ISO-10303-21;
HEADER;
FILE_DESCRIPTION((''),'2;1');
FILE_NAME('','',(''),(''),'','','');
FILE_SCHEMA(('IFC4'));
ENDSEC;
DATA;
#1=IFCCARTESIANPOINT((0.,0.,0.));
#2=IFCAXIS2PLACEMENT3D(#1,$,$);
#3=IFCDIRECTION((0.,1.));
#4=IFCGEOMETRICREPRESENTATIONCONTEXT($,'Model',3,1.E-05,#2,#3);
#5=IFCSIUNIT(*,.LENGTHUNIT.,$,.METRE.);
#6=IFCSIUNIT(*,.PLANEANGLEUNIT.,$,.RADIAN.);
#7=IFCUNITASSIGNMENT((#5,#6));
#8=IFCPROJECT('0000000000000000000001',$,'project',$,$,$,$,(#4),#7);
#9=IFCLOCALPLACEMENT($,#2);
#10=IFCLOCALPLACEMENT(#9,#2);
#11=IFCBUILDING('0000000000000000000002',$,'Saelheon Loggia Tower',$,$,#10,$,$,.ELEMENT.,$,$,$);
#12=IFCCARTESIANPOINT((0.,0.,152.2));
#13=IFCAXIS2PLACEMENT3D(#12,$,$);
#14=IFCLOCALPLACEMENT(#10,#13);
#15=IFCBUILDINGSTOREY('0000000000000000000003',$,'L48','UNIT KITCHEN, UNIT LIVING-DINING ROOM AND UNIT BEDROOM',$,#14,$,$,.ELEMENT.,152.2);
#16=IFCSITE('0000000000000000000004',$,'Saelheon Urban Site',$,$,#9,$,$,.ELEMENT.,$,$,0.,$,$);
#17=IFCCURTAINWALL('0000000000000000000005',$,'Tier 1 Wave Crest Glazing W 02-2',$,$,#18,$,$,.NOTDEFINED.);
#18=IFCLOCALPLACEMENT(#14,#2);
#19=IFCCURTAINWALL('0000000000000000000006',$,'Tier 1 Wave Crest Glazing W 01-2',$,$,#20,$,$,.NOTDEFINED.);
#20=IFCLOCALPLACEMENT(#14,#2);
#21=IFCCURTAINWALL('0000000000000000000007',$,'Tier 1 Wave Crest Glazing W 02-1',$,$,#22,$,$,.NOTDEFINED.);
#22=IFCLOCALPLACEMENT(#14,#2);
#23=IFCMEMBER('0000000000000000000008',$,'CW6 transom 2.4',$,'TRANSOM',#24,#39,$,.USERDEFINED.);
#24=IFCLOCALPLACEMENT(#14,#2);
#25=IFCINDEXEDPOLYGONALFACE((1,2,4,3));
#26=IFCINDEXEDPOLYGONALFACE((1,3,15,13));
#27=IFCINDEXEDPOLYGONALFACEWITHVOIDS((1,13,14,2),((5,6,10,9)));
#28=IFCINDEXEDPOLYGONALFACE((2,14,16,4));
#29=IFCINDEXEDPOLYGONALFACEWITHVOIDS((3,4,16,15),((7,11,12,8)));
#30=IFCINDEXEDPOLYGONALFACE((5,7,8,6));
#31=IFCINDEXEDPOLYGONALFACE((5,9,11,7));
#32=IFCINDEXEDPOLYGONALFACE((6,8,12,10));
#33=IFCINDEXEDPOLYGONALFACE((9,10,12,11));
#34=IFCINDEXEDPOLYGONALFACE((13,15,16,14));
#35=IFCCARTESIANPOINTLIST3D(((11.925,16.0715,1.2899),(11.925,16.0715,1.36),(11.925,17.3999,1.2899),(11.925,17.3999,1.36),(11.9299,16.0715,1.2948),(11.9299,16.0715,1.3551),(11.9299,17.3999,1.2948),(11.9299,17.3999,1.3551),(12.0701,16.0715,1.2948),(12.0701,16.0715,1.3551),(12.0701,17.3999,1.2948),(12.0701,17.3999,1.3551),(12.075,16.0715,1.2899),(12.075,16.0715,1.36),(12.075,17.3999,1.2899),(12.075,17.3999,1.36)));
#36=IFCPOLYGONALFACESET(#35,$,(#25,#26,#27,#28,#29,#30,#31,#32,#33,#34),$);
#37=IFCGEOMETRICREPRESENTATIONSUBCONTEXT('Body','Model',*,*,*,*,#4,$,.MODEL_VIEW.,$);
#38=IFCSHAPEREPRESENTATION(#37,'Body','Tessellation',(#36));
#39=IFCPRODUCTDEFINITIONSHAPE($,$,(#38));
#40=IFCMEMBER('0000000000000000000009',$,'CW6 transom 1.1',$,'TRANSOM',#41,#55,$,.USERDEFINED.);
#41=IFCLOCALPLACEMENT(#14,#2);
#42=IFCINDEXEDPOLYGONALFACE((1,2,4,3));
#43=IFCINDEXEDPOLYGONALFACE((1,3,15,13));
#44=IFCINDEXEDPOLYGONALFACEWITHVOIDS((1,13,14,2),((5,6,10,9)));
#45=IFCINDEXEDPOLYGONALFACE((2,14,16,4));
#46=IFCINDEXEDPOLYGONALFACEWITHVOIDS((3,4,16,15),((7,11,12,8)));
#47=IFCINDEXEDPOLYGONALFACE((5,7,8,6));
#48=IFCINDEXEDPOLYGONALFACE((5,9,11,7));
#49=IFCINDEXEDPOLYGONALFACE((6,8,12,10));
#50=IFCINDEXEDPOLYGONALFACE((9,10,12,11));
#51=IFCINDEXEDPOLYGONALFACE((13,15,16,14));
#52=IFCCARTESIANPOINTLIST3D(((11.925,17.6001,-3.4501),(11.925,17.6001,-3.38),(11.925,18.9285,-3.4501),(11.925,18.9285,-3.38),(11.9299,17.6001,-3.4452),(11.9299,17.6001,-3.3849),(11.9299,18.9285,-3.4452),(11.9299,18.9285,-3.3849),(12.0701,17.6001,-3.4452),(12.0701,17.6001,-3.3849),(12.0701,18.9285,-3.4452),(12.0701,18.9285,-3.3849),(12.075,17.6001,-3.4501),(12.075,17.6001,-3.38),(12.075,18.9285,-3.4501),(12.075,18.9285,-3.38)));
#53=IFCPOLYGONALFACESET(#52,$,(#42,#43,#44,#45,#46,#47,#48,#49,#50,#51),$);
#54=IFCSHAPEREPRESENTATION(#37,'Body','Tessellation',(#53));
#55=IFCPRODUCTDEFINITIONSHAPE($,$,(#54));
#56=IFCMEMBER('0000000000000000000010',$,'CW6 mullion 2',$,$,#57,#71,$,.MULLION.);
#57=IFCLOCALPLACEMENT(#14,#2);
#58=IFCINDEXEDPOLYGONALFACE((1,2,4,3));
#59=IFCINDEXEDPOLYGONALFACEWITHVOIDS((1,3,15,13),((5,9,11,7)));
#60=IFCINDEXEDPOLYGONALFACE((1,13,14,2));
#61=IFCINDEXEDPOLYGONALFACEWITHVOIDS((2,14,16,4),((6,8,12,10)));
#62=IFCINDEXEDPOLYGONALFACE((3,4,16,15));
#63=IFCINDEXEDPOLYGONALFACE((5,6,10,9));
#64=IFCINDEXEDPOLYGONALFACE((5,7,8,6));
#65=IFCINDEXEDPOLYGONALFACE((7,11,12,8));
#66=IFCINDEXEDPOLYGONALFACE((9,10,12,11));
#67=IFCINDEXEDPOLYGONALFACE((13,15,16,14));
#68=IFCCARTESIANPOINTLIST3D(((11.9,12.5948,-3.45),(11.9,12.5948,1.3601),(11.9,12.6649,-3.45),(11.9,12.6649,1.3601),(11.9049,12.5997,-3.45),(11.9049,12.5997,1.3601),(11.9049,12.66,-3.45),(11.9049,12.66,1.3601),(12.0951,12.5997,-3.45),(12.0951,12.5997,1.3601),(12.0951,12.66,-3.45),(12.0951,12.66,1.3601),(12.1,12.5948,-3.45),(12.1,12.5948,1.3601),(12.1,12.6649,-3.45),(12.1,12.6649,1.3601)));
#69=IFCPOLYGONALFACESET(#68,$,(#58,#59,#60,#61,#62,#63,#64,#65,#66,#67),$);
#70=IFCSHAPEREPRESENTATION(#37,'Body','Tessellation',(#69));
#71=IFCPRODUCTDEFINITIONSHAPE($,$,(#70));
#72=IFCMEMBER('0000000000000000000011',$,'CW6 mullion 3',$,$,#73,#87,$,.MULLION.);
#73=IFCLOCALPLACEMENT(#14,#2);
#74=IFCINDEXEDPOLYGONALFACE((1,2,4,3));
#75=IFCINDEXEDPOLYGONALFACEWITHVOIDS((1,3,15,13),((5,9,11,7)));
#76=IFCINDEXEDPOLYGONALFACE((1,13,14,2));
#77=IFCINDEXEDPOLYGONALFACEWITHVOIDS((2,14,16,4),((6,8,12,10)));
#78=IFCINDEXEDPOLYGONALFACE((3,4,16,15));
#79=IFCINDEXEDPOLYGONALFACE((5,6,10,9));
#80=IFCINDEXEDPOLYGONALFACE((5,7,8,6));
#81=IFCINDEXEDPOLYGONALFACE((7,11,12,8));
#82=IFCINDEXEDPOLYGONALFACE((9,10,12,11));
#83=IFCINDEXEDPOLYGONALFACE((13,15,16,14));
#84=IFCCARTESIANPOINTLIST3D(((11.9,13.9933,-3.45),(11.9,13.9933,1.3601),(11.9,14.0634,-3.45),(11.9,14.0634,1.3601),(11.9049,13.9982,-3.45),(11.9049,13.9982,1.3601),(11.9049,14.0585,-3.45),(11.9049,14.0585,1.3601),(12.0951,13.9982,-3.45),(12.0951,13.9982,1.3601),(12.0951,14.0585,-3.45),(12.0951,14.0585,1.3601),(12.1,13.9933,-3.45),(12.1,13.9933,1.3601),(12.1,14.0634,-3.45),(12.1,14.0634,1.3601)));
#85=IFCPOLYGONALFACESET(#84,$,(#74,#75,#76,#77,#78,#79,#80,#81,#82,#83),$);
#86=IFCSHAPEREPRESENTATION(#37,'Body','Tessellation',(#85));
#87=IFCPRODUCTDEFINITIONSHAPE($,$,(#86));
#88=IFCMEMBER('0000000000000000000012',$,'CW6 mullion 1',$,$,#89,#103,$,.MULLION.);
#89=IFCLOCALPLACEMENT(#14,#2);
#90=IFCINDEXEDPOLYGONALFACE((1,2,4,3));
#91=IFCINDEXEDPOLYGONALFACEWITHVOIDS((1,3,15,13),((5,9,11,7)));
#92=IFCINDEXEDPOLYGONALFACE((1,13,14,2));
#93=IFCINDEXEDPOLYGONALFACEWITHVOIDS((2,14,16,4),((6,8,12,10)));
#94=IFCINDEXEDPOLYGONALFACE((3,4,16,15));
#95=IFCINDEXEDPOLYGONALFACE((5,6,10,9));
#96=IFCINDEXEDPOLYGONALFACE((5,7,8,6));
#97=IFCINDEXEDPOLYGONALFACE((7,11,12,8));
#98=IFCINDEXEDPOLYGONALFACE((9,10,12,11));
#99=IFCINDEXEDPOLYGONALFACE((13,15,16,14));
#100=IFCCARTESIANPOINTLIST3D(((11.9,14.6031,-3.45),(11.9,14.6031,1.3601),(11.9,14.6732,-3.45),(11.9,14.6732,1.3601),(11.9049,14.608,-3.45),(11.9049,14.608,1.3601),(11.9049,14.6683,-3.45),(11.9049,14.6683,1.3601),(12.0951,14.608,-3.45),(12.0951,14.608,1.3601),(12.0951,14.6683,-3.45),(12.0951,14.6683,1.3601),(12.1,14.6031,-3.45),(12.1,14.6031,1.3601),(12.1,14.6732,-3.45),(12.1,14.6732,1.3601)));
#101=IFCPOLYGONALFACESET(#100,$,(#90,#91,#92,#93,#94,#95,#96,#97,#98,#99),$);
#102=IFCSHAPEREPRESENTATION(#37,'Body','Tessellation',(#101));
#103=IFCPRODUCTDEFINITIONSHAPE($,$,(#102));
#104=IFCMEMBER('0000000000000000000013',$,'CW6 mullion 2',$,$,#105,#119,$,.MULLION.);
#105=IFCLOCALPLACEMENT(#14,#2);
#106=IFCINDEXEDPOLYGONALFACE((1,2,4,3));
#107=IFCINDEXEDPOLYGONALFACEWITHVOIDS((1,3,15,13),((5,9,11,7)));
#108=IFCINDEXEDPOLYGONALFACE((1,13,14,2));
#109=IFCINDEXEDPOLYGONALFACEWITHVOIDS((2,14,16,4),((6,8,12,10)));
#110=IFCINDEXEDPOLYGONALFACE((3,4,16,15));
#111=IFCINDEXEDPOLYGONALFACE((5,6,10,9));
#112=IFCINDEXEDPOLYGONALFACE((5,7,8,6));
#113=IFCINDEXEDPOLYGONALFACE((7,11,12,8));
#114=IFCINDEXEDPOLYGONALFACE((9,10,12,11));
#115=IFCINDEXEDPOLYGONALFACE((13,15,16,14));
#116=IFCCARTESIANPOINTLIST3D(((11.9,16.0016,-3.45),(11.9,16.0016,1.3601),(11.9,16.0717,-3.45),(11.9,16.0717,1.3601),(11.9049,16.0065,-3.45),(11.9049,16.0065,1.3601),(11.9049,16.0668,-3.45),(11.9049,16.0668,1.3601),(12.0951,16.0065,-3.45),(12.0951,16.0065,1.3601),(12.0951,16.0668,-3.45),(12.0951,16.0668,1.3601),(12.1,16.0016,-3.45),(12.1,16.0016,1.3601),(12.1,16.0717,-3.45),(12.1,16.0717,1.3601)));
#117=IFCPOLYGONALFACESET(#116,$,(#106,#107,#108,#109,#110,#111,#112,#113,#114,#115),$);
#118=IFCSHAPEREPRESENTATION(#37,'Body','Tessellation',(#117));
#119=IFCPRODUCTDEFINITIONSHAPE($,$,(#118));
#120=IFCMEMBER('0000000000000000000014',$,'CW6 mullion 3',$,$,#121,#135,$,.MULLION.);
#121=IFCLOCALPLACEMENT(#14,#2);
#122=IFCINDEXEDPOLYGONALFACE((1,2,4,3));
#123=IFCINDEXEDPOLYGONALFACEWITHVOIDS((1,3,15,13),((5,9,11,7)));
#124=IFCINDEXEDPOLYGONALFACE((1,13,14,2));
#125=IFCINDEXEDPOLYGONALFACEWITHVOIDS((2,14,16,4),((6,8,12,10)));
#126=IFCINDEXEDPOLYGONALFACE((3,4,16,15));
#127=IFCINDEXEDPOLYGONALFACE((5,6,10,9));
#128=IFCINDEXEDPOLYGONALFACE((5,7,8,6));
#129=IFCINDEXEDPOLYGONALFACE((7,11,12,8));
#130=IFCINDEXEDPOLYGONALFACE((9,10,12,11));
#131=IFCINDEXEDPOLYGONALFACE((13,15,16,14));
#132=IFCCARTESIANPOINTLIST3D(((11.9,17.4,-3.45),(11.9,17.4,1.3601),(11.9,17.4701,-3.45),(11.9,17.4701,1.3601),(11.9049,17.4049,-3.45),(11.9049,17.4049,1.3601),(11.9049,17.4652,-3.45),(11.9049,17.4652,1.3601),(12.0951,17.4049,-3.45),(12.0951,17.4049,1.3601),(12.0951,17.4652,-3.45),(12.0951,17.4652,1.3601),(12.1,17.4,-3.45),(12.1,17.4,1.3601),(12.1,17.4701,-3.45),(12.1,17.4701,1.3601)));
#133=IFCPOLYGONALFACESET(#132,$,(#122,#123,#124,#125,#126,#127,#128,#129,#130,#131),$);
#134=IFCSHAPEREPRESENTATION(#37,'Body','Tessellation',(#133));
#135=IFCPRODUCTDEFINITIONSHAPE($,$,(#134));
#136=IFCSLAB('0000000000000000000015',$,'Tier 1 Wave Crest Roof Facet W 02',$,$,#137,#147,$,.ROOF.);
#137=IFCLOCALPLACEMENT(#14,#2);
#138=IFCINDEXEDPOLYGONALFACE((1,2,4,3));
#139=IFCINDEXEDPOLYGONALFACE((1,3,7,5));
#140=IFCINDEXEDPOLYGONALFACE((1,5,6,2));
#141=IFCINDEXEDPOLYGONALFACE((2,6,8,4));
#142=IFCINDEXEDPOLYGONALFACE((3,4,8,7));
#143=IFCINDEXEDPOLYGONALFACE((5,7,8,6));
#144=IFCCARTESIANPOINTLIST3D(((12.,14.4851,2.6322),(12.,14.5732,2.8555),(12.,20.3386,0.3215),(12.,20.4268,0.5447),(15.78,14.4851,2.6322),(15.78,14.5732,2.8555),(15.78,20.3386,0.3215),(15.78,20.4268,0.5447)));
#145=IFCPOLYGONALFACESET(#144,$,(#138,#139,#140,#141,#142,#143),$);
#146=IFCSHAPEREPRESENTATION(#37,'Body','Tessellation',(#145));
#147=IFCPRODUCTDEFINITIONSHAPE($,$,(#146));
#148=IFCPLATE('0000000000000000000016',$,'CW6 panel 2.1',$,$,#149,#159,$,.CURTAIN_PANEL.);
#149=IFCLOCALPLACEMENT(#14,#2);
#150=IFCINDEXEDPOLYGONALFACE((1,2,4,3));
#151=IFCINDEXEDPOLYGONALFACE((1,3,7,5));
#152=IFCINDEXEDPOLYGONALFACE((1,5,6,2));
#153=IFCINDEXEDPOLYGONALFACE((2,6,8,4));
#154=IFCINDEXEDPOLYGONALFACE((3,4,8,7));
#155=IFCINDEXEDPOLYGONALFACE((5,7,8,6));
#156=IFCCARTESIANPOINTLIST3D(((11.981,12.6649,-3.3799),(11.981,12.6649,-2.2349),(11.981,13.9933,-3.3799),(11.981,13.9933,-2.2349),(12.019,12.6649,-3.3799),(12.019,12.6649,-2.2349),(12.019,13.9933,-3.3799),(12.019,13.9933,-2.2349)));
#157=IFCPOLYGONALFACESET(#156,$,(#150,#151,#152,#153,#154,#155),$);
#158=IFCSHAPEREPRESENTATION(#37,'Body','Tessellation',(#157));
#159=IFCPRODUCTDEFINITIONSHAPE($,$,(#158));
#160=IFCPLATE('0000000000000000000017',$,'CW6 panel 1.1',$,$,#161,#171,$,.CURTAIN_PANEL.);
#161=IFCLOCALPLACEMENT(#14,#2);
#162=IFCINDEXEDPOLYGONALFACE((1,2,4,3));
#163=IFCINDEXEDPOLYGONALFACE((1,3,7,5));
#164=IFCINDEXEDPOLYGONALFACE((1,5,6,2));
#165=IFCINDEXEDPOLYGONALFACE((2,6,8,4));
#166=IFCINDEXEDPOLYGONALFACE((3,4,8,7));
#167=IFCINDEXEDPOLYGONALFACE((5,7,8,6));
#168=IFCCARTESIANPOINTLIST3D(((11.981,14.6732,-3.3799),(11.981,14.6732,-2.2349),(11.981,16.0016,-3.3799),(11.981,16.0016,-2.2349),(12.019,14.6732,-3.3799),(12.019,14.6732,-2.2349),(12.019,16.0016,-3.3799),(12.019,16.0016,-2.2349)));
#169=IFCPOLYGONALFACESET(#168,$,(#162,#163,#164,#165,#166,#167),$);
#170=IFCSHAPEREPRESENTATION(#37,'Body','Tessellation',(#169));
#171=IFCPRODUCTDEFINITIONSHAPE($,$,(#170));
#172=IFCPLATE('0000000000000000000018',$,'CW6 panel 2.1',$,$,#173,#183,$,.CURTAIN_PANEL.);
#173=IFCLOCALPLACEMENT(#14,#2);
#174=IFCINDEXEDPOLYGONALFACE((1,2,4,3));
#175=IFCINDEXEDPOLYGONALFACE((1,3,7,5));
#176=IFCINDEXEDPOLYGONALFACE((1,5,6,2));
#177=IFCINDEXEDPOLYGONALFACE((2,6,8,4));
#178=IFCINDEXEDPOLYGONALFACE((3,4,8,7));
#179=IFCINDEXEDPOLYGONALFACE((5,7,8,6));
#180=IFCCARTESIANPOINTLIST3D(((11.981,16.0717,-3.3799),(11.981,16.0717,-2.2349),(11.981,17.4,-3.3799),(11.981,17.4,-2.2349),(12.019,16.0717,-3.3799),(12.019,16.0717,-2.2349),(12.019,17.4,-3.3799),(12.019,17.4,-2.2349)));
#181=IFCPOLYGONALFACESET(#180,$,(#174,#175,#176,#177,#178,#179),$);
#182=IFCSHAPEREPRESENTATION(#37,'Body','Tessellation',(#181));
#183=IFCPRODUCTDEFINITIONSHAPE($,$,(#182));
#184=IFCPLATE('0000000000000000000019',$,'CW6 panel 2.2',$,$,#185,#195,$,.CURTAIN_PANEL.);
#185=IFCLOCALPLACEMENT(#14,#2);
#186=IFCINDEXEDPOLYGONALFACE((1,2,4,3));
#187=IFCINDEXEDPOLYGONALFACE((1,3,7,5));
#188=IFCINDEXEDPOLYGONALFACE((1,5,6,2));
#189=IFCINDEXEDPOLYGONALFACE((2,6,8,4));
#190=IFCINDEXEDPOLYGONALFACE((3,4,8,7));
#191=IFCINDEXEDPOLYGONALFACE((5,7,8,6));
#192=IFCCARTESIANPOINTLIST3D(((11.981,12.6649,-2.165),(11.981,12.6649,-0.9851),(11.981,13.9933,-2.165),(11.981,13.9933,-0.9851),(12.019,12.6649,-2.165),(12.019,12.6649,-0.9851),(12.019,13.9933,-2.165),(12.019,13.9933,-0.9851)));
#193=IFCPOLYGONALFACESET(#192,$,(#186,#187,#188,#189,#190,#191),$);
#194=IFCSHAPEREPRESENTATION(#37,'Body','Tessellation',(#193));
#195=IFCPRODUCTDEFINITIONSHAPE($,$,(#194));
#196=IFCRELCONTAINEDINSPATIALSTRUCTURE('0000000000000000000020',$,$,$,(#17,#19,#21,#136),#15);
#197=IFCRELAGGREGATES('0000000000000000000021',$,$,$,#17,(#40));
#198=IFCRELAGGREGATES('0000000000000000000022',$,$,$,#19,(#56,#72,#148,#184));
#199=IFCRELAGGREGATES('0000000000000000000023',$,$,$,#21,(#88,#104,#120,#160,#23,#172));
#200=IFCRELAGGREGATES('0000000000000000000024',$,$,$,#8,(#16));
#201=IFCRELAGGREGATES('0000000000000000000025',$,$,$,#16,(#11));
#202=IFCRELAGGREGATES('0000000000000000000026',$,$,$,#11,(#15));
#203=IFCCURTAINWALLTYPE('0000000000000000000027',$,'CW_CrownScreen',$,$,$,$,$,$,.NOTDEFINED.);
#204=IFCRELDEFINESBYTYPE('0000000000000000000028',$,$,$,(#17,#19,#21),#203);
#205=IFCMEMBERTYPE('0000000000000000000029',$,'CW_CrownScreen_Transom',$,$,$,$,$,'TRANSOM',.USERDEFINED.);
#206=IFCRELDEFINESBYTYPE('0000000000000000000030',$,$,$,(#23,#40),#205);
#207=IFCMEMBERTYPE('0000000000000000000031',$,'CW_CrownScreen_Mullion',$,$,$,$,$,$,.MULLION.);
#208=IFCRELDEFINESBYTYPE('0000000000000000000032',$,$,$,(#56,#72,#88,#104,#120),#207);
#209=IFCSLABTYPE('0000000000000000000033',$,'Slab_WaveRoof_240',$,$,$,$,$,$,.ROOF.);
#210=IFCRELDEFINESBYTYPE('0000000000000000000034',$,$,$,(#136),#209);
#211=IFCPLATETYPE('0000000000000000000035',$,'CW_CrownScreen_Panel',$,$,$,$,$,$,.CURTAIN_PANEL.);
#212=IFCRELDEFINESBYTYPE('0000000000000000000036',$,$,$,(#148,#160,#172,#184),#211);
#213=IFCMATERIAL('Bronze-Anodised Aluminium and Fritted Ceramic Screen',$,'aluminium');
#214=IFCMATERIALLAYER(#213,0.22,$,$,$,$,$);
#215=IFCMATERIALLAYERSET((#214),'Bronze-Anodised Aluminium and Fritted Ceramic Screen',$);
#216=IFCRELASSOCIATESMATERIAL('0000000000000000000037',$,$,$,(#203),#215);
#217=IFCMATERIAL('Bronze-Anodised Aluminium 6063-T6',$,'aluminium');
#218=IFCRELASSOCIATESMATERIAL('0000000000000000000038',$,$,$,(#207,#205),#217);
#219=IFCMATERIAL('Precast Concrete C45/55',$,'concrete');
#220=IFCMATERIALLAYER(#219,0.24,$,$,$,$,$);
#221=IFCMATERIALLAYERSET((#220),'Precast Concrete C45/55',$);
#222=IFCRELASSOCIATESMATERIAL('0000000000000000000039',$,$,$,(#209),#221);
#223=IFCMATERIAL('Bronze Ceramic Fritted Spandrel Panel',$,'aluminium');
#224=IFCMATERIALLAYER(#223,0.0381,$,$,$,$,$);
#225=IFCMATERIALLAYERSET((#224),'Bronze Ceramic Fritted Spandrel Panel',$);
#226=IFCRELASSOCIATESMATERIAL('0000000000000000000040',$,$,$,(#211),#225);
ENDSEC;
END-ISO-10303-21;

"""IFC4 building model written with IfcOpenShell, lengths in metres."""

from ifc_helpers import new_model, si_unit, direction, frame, origin, origin_2d, place, context, subcontext, project, spatial, polyline, rectangle, hollow_rectangle, outline, extrude, source, transform, mapped, material, layer, layer_set, material_profile, profile_set, type_object, element, aggregate, save


model = new_model("IFC4")

# Units and contexts
model_context = context("Model", 3, precision=1e-05, world=origin(), true_north=direction((0.0, 1.0)))
body_context = subcontext(model_context, "Body", "Model", "MODEL_VIEW")
ifc_project = project(units=[si_unit("LENGTHUNIT", "METRE"), si_unit("PLANEANGLEUNIT", "RADIAN")], contexts=[model_context])

# Site, building, storey
site_placement = place(None, origin())
site = spatial("IfcSite", under=ifc_project, at=site_placement, Name="Saelheon Urban Site", CompositionType="ELEMENT", RefElevation=0.0)
building_placement = place(site_placement, origin())
building = spatial("IfcBuilding", under=site, at=building_placement, Name="Saelheon Loggia Tower", CompositionType="ELEMENT")
storey_placement = place(building_placement, frame((0.0, 0.0, 152.2)))
storey = spatial("IfcBuildingStorey", under=building, at=storey_placement, Name="L48", Description="UNIT KITCHEN, UNIT LIVING-DINING ROOM AND UNIT BEDROOM", CompositionType="ELEMENT", Elevation=152.2)

# Curtain wall
ifc_material_1 = material(Name="Bronze-Anodised Aluminium and Fritted Ceramic Screen", Category="aluminium")
ifc_layer_1 = layer(ifc_material_1, 0.22)
ifc_layer_set_1 = layer_set([ifc_layer_1], Name="Bronze-Anodised Aluminium and Fritted Ceramic Screen")
curtain_wall_type = type_object("IfcCurtainWallType", Name="CW_CrownScreen", PredefinedType="NOTDEFINED", material=ifc_layer_set_1)
curtain_wall_1_placement = place(storey_placement, origin())
curtain_wall_1 = element("IfcCurtainWall", 1, at=curtain_wall_1_placement, inside=storey, type_object=curtain_wall_type, Name="Tier 1 Wave Crest Glazing W 02-2", PredefinedType="NOTDEFINED")
ifc_material_2 = material(Name="Bronze-Anodised Aluminium 6063-T6", Category="aluminium")
ifc_material_profile_1 = material_profile(ifc_material_2, hollow_rectangle(XDim=0.0701, YDim=0.2, WallThickness=0.0049, at=origin_2d()), Name="RHS-200x70x5")
ifc_profile_set_1 = profile_set([ifc_material_profile_1], Name="Bronze-Anodised Aluminium 6063-T6")
member_type_1 = type_object("IfcMemberType", Name="CW_CrownScreen_Mullion", PredefinedType="MULLION", material=ifc_profile_set_1)

# Curtain walls, member
curtain_wall_2_placement = place(storey_placement, origin())
curtain_wall_2 = element("IfcCurtainWall", 2, at=curtain_wall_2_placement, inside=storey, type_object=curtain_wall_type, Name="Tier 1 Wave Crest Glazing W 01-2", PredefinedType="NOTDEFINED")
ifc_material_profile_2 = material_profile(ifc_material_2, hollow_rectangle(XDim=0.0701, YDim=0.1499, WallThickness=0.0049, at=origin_2d()), Name="RHS-150x70x5")
ifc_profile_set_2 = profile_set([ifc_material_profile_2], Name="Bronze-Anodised Aluminium 6063-T6")
member_type_2 = type_object("IfcMemberType", Name="CW_CrownScreen_Transom", ElementType="TRANSOM", PredefinedType="USERDEFINED", material=ifc_profile_set_2)
shared_shape_1 = source(origin(), body_context, "Body", "SweptSolid", [
    extrude(hollow_rectangle(XDim=0.0701, YDim=0.1499, WallThickness=0.0049, at=origin_2d()), origin(), (0.0, 0.0, 1.0), 1.3284),
])
curtain_wall_3_placement = place(storey_placement, origin())
curtain_wall_3 = element("IfcCurtainWall", 3, at=curtain_wall_3_placement, inside=storey, type_object=curtain_wall_type, Name="Tier 1 Wave Crest Glazing W 02-1", PredefinedType="NOTDEFINED")
member_1_placement = place(storey_placement, frame((12.0, 16.0715, 1.325), z_axis=(0.0, 1.0, 0.0), x_axis=(0.0, 0.0, 1.0)))
member_1 = element("IfcMember", 4, at=member_1_placement, type_object=member_type_2, Name="CW6 transom 2.4", ObjectType="TRANSOM", PredefinedType="USERDEFINED", context=body_context, shape_type="MappedRepresentation", body=[
    mapped(shared_shape_1, transform((0.0, 0.0, 0.0), scale=1.0)),
])

# Members
member_2_placement = place(storey_placement, frame((12.0, 17.6001, -3.415), z_axis=(0.0, 1.0, 0.0), x_axis=(0.0, 0.0, 1.0)))
member_2 = element("IfcMember", 5, at=member_2_placement, type_object=member_type_2, Name="CW6 transom 1.1", ObjectType="TRANSOM", PredefinedType="USERDEFINED", context=body_context, shape_type="MappedRepresentation", body=[
    mapped(shared_shape_1, transform((0.0, 0.0, 0.0), scale=1.0)),
])
aggregate(curtain_wall_1, [member_2])
shared_shape_2 = source(origin(), body_context, "Body", "SweptSolid", [
    extrude(hollow_rectangle(XDim=0.0701, YDim=0.2, WallThickness=0.0049, at=origin_2d()), origin(), (0.0, 0.0, 1.0), 4.8101),
])
member_3_placement = place(storey_placement, frame((12.0, 12.6299, -3.45), z_axis=(0.0, 0.0, 1.0), x_axis=(0.0, 1.0, 0.0)))
member_3 = element("IfcMember", 6, at=member_3_placement, type_object=member_type_1, Name="CW6 mullion 2", PredefinedType="MULLION", context=body_context, shape_type="MappedRepresentation", body=[
    mapped(shared_shape_2, transform((0.0, 0.0, 0.0), scale=1.0)),
])
member_4_placement = place(storey_placement, frame((12.0, 14.0283, -3.45), z_axis=(0.0, 0.0, 1.0), x_axis=(0.0, 1.0, 0.0)))
member_4 = element("IfcMember", 7, at=member_4_placement, type_object=member_type_1, Name="CW6 mullion 3", PredefinedType="MULLION", context=body_context, shape_type="MappedRepresentation", body=[
    mapped(shared_shape_2, transform((0.0, 0.0, 0.0), scale=1.0)),
])
member_5_placement = place(storey_placement, frame((12.0, 14.6382, -3.45), z_axis=(0.0, 0.0, 1.0), x_axis=(0.0, 1.0, 0.0)))
member_5 = element("IfcMember", 8, at=member_5_placement, type_object=member_type_1, Name="CW6 mullion 1", PredefinedType="MULLION", context=body_context, shape_type="MappedRepresentation", body=[
    mapped(shared_shape_2, transform((0.0, 0.0, 0.0), scale=1.0)),
])
member_6_placement = place(storey_placement, frame((12.0, 16.0366, -3.45), z_axis=(0.0, 0.0, 1.0), x_axis=(0.0, 1.0, 0.0)))
member_6 = element("IfcMember", 9, at=member_6_placement, type_object=member_type_1, Name="CW6 mullion 2", PredefinedType="MULLION", context=body_context, shape_type="MappedRepresentation", body=[
    mapped(shared_shape_2, transform((0.0, 0.0, 0.0), scale=1.0)),
])
member_7_placement = place(storey_placement, frame((12.0, 17.4351, -3.45), z_axis=(0.0, 0.0, 1.0), x_axis=(0.0, 1.0, 0.0)))
member_7 = element("IfcMember", 10, at=member_7_placement, type_object=member_type_1, Name="CW6 mullion 3", PredefinedType="MULLION", context=body_context, shape_type="MappedRepresentation", body=[
    mapped(shared_shape_2, transform((0.0, 0.0, 0.0), scale=1.0)),
])

# Slab
ifc_material_3 = material(Name="Precast Concrete C45/55", Category="concrete")
ifc_layer_2 = layer(ifc_material_3, 0.24)
ifc_layer_set_2 = layer_set([ifc_layer_2], Name="Precast Concrete C45/55")
slab_type = type_object("IfcSlabType", Name="Slab_WaveRoof_240", PredefinedType="ROOF", material=ifc_layer_set_2)
slab_placement = place(storey_placement, frame((12.0, 14.5732, 2.8555), z_axis=(0.0, 0.367193, 0.930145), x_axis=(1.0, 0.0, 0.0)))
element("IfcSlab", 11, at=slab_placement, inside=storey, type_object=slab_type, Name="Tier 1 Wave Crest Roof Facet W 02", PredefinedType="ROOF", context=body_context, shape_type="SweptSolid", body=[
    extrude(outline(polyline([(0.0, 0.0), (3.78, 0.0), (3.78, 6.2931), (0.0, 6.2931), (0.0, 0.0)])), origin(), (0.0, 0.0, -1.0), 0.24),
])

# Plates
ifc_material_4 = material(Name="Bronze Ceramic Fritted Spandrel Panel", Category="aluminium")
ifc_layer_3 = layer(ifc_material_4, 0.0381)
ifc_layer_set_3 = layer_set([ifc_layer_3], Name="Bronze Ceramic Fritted Spandrel Panel")
plate_type = type_object("IfcPlateType", Name="CW_CrownScreen_Panel", PredefinedType="CURTAIN_PANEL", material=ifc_layer_set_3)
shared_shape_3 = source(origin(), body_context, "Body", "SweptSolid", [
    extrude(rectangle(XDim=1.3284, YDim=0.0381, at=origin_2d()), origin(), (0.0, 0.0, 1.0), 1.145),
])
plate_1_placement = place(storey_placement, frame((12.0, 13.3291, -3.3799), z_axis=(0.0, 0.0, 1.0), x_axis=(0.0, 1.0, 0.0)))
plate_1 = element("IfcPlate", 12, at=plate_1_placement, type_object=plate_type, Name="CW6 panel 2.1", PredefinedType="CURTAIN_PANEL", context=body_context, shape_type="MappedRepresentation", body=[
    mapped(shared_shape_3, transform((0.0, 0.0, 0.0), scale=1.0)),
])
plate_2_placement = place(storey_placement, frame((12.0, 15.3374, -3.3799), z_axis=(0.0, 0.0, 1.0), x_axis=(0.0, 1.0, 0.0)))
plate_2 = element("IfcPlate", 13, at=plate_2_placement, type_object=plate_type, Name="CW6 panel 1.1", PredefinedType="CURTAIN_PANEL", context=body_context, shape_type="MappedRepresentation", body=[
    mapped(shared_shape_3, transform((0.0, 0.0, 0.0), scale=1.0)),
])
plate_3_placement = place(storey_placement, frame((12.0, 16.7358, -3.3799), z_axis=(0.0, 0.0, 1.0), x_axis=(0.0, 1.0, 0.0)))
plate_3 = element("IfcPlate", 14, at=plate_3_placement, type_object=plate_type, Name="CW6 panel 2.1", PredefinedType="CURTAIN_PANEL", context=body_context, shape_type="MappedRepresentation", body=[
    mapped(shared_shape_3, transform((0.0, 0.0, 0.0), scale=1.0)),
])
shared_shape_4 = source(origin(), body_context, "Body", "SweptSolid", [
    extrude(rectangle(XDim=1.3284, YDim=0.0381, at=origin_2d()), origin(), (0.0, 0.0, 1.0), 1.1799),
])
plate_4_placement = place(storey_placement, frame((12.0, 13.3291, -2.165), z_axis=(0.0, 0.0, 1.0), x_axis=(0.0, 1.0, 0.0)))
plate_4 = element("IfcPlate", 15, at=plate_4_placement, type_object=plate_type, Name="CW6 panel 2.2", PredefinedType="CURTAIN_PANEL", context=body_context, shape_type="MappedRepresentation", body=[
    mapped(shared_shape_4, transform((0.0, 0.0, 0.0), scale=1.0)),
])
aggregate(curtain_wall_2, [member_3, member_4, plate_1, plate_4])
aggregate(curtain_wall_3, [member_5, member_6, member_7, plate_2, member_1, plate_3])

save(model, "model.ifc")
